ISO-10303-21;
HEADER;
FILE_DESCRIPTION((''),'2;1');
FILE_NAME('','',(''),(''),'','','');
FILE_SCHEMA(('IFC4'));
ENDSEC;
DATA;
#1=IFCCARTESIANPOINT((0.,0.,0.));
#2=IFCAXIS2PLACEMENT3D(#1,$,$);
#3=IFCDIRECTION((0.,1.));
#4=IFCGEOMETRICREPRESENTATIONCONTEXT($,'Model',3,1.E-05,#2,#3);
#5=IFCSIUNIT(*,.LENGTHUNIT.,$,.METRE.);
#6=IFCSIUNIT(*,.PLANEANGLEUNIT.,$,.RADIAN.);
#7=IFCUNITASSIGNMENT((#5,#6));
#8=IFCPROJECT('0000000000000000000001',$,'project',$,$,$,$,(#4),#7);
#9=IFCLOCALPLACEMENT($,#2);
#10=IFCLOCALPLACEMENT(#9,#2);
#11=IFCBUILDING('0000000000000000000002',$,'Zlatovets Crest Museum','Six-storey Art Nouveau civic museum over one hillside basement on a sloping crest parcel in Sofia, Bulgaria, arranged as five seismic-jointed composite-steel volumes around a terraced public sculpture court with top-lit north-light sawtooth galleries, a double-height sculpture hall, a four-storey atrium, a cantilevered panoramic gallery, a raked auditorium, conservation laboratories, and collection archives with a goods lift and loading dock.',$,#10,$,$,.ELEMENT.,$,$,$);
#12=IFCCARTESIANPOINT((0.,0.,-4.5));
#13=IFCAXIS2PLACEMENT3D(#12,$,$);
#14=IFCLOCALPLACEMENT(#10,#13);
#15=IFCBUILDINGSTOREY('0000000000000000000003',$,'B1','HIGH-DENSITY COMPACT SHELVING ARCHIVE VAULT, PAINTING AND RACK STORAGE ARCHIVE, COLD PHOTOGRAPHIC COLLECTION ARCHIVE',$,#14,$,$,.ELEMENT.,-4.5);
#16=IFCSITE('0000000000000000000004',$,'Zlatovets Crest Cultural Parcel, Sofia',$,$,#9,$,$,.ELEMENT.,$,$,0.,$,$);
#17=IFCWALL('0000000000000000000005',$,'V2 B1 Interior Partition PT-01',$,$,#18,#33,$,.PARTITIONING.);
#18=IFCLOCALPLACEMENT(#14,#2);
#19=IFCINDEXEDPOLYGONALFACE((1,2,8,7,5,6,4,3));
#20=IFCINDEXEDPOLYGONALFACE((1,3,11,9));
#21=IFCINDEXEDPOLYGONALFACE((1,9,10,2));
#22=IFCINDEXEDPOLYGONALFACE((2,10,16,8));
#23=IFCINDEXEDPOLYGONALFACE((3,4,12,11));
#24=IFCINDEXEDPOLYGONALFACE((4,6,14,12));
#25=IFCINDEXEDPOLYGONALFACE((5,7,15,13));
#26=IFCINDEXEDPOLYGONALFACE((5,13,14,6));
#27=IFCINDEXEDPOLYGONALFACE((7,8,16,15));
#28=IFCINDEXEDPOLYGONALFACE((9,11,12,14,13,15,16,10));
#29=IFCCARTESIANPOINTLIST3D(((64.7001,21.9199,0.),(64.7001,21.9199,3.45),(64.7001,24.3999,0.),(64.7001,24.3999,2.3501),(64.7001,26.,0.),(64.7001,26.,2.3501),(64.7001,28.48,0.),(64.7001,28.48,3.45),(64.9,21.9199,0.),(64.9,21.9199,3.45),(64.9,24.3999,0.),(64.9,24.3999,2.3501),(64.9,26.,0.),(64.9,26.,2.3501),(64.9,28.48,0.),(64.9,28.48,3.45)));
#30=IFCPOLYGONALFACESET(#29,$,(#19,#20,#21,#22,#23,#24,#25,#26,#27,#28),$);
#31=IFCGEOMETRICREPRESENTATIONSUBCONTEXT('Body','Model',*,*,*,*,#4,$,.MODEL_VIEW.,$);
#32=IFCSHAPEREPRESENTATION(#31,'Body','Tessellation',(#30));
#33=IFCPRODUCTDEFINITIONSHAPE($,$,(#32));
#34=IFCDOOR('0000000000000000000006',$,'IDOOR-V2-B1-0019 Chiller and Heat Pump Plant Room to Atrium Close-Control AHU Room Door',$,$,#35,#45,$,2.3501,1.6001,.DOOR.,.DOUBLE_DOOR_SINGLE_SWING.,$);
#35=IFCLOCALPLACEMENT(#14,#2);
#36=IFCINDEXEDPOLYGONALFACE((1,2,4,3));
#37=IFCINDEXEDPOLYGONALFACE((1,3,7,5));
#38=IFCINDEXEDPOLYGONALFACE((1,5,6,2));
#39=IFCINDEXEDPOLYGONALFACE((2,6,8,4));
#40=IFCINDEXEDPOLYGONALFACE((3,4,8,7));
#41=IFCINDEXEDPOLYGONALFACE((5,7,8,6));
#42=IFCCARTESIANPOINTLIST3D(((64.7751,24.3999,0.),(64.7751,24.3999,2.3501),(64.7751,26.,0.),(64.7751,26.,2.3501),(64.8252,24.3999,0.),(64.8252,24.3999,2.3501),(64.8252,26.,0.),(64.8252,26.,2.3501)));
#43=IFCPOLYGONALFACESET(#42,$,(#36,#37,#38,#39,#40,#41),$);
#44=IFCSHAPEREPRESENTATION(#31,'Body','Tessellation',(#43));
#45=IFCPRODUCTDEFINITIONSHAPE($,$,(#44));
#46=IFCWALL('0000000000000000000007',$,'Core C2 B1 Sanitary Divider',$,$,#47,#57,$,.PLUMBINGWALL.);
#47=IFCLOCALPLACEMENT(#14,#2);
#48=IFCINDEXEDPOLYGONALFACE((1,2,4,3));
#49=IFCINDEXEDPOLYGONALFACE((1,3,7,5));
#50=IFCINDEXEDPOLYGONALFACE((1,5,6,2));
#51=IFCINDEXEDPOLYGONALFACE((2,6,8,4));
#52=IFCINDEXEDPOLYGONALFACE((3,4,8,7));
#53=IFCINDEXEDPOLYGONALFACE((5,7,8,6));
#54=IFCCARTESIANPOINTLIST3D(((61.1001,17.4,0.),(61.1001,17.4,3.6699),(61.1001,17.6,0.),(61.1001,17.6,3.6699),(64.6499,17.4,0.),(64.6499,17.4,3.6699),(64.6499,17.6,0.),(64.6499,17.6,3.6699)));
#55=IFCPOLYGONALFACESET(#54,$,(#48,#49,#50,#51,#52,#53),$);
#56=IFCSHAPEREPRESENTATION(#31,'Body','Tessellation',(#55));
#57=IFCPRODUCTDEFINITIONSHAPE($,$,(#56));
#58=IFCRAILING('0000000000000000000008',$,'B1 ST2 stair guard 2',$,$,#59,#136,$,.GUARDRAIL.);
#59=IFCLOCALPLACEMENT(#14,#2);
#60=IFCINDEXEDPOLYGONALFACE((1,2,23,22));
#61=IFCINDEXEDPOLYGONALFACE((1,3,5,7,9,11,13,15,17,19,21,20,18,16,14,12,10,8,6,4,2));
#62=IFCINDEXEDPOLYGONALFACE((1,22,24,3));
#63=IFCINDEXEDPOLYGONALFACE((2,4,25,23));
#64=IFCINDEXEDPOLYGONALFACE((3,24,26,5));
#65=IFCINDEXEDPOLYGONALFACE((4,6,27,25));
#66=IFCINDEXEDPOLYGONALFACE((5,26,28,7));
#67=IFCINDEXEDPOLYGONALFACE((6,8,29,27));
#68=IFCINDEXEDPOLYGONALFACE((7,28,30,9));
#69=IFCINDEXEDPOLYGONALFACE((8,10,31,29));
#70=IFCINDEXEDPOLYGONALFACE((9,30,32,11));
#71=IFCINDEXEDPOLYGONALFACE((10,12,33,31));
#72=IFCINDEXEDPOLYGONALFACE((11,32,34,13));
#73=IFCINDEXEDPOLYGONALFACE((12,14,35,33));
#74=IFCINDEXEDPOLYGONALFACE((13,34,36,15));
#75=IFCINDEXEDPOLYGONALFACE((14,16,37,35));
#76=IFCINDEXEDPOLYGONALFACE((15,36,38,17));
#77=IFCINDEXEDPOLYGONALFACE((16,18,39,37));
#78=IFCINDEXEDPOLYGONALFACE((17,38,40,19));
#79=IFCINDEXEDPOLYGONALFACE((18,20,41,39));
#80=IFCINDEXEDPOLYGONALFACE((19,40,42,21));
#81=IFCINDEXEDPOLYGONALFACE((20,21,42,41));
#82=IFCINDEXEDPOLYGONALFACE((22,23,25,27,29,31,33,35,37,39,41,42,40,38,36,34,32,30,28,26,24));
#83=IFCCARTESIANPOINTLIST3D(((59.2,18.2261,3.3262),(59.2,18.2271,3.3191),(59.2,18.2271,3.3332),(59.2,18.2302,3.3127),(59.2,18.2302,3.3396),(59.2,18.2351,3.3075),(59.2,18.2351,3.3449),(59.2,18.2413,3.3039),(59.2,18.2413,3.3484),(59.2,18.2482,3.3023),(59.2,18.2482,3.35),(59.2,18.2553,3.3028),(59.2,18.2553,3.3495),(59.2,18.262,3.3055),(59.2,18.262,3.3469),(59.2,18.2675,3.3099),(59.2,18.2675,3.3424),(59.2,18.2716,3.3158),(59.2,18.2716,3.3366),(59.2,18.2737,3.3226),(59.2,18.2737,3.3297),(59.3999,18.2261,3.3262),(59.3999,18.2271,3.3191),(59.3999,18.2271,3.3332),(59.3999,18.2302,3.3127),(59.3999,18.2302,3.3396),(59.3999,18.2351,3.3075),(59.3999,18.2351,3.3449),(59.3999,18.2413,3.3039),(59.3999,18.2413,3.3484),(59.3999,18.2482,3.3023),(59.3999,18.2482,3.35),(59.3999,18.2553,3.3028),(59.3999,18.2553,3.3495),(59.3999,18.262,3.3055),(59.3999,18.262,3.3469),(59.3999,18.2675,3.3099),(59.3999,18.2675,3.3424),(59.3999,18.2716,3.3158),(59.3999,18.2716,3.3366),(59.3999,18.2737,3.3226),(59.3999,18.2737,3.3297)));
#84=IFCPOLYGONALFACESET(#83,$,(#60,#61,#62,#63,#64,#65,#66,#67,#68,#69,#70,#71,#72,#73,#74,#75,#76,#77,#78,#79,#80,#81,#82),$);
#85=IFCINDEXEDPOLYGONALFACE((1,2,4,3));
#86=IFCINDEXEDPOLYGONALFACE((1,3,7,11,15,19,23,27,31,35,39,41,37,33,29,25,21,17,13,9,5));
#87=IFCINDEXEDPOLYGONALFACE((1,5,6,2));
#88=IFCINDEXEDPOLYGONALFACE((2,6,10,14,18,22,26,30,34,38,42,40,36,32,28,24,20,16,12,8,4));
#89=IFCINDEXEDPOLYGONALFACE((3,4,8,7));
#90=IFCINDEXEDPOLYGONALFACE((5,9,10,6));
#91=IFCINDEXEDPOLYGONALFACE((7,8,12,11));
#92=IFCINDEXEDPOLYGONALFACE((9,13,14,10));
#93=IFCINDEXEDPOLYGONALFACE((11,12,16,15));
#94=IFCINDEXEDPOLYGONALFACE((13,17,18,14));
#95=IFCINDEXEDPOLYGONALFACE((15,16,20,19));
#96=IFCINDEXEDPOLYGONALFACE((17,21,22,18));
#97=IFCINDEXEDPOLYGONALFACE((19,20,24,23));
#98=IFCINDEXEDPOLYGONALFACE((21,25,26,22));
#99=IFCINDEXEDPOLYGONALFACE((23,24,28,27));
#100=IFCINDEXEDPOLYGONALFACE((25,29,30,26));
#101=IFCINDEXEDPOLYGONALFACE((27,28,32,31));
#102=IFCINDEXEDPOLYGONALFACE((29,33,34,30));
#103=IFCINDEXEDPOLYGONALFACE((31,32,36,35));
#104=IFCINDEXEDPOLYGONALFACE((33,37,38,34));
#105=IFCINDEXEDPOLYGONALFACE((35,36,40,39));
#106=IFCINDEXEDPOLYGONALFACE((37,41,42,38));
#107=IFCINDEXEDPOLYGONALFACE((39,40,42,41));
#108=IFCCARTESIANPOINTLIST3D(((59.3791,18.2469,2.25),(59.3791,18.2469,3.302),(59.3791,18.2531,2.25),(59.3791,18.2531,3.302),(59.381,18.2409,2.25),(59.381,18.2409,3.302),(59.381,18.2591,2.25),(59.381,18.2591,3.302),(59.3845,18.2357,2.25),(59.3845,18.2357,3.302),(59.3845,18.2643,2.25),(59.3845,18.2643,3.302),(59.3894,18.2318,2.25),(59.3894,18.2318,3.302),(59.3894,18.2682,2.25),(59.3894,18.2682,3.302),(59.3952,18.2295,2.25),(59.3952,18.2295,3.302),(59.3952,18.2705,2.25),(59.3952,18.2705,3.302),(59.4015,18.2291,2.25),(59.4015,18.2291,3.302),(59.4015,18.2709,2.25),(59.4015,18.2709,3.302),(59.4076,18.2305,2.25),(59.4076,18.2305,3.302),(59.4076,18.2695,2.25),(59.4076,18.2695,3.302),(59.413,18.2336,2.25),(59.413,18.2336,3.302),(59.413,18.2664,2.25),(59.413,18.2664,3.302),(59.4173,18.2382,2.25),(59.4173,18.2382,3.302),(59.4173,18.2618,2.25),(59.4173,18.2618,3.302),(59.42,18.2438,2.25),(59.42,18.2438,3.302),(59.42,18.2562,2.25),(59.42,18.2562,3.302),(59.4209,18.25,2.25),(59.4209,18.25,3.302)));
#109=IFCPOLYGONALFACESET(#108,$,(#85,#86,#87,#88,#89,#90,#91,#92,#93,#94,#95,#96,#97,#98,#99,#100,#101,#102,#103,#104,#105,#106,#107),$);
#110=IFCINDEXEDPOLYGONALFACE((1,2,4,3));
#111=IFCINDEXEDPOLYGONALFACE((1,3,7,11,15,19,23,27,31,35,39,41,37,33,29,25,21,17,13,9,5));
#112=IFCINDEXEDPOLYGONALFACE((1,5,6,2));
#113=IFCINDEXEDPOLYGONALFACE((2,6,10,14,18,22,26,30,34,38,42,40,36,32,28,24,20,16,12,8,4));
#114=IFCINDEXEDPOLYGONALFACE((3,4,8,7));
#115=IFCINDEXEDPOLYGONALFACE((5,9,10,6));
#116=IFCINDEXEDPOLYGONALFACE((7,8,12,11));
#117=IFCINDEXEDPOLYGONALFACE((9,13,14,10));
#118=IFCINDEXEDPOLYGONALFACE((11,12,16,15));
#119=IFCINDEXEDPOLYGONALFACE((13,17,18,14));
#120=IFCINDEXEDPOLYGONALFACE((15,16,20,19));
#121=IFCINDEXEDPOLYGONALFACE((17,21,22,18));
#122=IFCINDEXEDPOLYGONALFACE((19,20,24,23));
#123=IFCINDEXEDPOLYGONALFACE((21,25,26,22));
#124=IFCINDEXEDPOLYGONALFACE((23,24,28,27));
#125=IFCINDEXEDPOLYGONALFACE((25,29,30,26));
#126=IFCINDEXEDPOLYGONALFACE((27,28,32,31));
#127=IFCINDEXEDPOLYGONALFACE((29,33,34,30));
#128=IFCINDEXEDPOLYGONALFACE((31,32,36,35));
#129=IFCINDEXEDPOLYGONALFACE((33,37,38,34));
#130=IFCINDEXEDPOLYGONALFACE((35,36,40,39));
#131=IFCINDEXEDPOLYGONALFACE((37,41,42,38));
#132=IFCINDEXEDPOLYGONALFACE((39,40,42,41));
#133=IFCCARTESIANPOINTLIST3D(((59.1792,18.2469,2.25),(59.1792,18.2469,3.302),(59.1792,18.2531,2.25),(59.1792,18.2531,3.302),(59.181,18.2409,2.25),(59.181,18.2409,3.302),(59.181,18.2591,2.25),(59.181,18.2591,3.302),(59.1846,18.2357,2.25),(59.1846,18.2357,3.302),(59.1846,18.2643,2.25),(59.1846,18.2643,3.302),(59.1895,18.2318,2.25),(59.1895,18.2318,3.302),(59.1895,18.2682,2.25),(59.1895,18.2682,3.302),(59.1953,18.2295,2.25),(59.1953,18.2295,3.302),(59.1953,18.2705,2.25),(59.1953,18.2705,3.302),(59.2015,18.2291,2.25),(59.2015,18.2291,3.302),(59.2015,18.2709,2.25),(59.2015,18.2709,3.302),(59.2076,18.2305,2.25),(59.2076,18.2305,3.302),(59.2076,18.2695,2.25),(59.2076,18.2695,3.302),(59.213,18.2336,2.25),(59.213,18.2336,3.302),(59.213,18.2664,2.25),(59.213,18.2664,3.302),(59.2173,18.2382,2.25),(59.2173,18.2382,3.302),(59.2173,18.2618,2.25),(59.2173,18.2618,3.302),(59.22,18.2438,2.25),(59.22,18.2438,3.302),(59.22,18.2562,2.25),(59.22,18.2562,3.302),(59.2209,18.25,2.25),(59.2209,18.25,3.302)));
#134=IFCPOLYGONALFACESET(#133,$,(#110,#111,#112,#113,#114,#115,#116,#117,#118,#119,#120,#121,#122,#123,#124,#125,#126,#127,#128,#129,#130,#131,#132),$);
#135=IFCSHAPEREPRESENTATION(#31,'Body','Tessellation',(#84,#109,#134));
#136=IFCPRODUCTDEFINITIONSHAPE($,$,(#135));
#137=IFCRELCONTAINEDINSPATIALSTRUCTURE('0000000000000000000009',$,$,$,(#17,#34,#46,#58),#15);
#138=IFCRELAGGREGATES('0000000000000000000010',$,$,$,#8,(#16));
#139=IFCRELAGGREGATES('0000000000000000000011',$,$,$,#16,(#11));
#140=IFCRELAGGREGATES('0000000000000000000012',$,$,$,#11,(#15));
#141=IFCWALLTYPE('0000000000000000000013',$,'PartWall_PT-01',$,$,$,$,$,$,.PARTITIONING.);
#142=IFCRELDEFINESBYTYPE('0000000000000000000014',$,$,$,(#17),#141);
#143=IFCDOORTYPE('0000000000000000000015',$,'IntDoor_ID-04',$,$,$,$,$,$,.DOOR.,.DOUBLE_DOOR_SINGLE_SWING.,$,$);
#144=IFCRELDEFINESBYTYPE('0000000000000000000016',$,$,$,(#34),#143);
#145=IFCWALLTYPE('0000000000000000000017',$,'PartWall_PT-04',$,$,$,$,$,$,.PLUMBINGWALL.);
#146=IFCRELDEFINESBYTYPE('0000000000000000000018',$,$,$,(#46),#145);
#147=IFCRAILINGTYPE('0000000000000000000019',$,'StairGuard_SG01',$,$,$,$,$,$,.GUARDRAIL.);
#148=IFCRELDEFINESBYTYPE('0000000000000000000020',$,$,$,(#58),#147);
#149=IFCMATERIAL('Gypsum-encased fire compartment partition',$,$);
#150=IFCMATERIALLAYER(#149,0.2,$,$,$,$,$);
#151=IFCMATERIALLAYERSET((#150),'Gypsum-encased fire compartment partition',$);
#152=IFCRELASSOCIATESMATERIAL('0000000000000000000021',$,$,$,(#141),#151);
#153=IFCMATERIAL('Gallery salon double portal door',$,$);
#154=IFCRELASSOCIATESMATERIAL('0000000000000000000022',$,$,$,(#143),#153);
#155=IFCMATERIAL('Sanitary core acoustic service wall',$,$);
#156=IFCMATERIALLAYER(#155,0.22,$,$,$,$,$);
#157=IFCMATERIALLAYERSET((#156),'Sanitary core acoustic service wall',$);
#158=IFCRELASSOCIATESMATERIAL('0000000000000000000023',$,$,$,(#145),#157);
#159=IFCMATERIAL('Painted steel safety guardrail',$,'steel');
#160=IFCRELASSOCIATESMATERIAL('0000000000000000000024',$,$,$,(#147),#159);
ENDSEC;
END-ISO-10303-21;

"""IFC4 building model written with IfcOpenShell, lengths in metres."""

from ifc_helpers import new_model, si_unit, direction, frame, frame_2d, origin, origin_2d, place, context, subcontext, project, spatial, rectangle, circle, extrude, material, layer, layer_set, type_object, element, fill, save


model = new_model("IFC4")

# Units and contexts
model_context = context("Model", 3, precision=1e-05, world=origin(), true_north=direction((0.0, 1.0)))
body_context = subcontext(model_context, "Body", "Model", "MODEL_VIEW")
ifc_project = project(units=[si_unit("LENGTHUNIT", "METRE"), si_unit("PLANEANGLEUNIT", "RADIAN")], contexts=[model_context])

# Site, building, storey
site_placement = place(None, origin())
site = spatial("IfcSite", under=ifc_project, at=site_placement, Name="Zlatovets Crest Cultural Parcel, Sofia", CompositionType="ELEMENT", RefElevation=0.0)
building_placement = place(site_placement, origin())
building = spatial("IfcBuilding", under=site, at=building_placement, Name="Zlatovets Crest Museum", Description="Six-storey Art Nouveau civic museum over one hillside basement on a sloping crest parcel in Sofia, Bulgaria, arranged as five seismic-jointed composite-steel volumes around a terraced public sculpture court with top-lit north-light sawtooth galleries, a double-height sculpture hall, a four-storey atrium, a cantilevered panoramic gallery, a raked auditorium, conservation laboratories, and collection archives with a goods lift and loading dock.", CompositionType="ELEMENT")
storey_placement = place(building_placement, frame((0.0, 0.0, -4.5)))
storey = spatial("IfcBuildingStorey", under=building, at=storey_placement, Name="B1", Description="HIGH-DENSITY COMPACT SHELVING ARCHIVE VAULT, PAINTING AND RACK STORAGE ARCHIVE, COLD PHOTOGRAPHIC COLLECTION ARCHIVE", CompositionType="ELEMENT", Elevation=-4.5)

# Wall, opening, door
ifc_material_1 = material(Name="Gypsum-encased fire compartment partition")
ifc_layer_1 = layer(ifc_material_1, 0.2)
ifc_layer_set_1 = layer_set([ifc_layer_1], Name="Gypsum-encased fire compartment partition")
wall_type_1 = type_object("IfcWallType", Name="PartWall_PT-01", PredefinedType="PARTITIONING", material=ifc_layer_set_1)
ifc_material_2 = material(Name="Gallery salon double portal door")
door_type = type_object("IfcDoorType", Name="IntDoor_ID-04", OperationType="DOUBLE_DOOR_SINGLE_SWING", PredefinedType="DOOR", material=ifc_material_2)
wall_1_placement = place(storey_placement, frame((64.8, 21.9199, 0.0), z_axis=(0.0, 0.0, 1.0), x_axis=(0.0, 1.0, 0.0)))
wall_1 = element("IfcWall", 1, at=wall_1_placement, inside=storey, type_object=wall_type_1, Name="V2 B1 Interior Partition PT-01", PredefinedType="PARTITIONING", context=body_context, shape_type="SweptSolid", body=[
    extrude(rectangle(XDim=6.5601, YDim=0.2, at=frame_2d((3.28, 0.0))), origin(), (0.0, 0.0, 1.0), 3.45),
])
opening_1_placement = place(wall_1_placement, frame((2.48, 0.0, 0.0)))
opening_1 = element("IfcOpeningElement", 2, at=opening_1_placement, cuts=wall_1, PredefinedType="OPENING", context=body_context, shape_type="SweptSolid", body=[
    extrude(rectangle(XDim=1.6001, YDim=2.3501, at=frame_2d((0.8, 1.175))), frame((0.0, 0.1099, 0.0), z_axis=(0.0, -1.0, 0.0), x_axis=(1.0, 0.0, 0.0)), (0.0, 0.0, 1.0), 0.22),
])
door_1_placement = place(opening_1_placement, origin())
door_1 = element("IfcDoor", 3, at=door_1_placement, inside=storey, type_object=door_type, Name="IDOOR-V2-B1-0019 Chiller and Heat Pump Plant Room to Atrium Close-Control AHU Room Door", OperationType="DOUBLE_DOOR_SINGLE_SWING", OverallHeight=2.3501, OverallWidth=1.6001, PredefinedType="DOOR", context=body_context, shape_type="SweptSolid", body=[
    extrude(rectangle(XDim=1.6001, YDim=2.3501, at=frame_2d((0.8, 1.175))), frame((0.0, 0.0249, 0.0), z_axis=(0.0, -1.0, 0.0), x_axis=(1.0, 0.0, 0.0)), (0.0, 0.0, 1.0), 0.05),
])
fill(opening_1, door_1)

# Wall
ifc_material_3 = material(Name="Sanitary core acoustic service wall")
ifc_layer_2 = layer(ifc_material_3, 0.22)
ifc_layer_set_2 = layer_set([ifc_layer_2], Name="Sanitary core acoustic service wall")
wall_type_2 = type_object("IfcWallType", Name="PartWall_PT-04", PredefinedType="PLUMBINGWALL", material=ifc_layer_set_2)
wall_2_placement = place(storey_placement, frame((61.1001, 17.5, 0.0), z_axis=(0.0, 0.0, 1.0), x_axis=(1.0, 0.0, 0.0)))
element("IfcWall", 4, at=wall_2_placement, inside=storey, type_object=wall_type_2, Name="Core C2 B1 Sanitary Divider", PredefinedType="PLUMBINGWALL", context=body_context, shape_type="SweptSolid", body=[
    extrude(rectangle(XDim=3.5498, YDim=0.2, at=frame_2d((1.7749, 0.0))), origin(), (0.0, 0.0, 1.0), 3.6699),
])

# Railing
ifc_material_4 = material(Name="Painted steel safety guardrail", Category="steel")
railing_type = type_object("IfcRailingType", Name="StairGuard_SG01", PredefinedType="GUARDRAIL", material=ifc_material_4)
railing_1_placement = place(storey_placement, frame((59.3999, 18.25, 2.25)))
element("IfcRailing", 5, at=railing_1_placement, inside=storey, type_object=railing_type, Name="B1 ST2 stair guard 2", PredefinedType="GUARDRAIL", context=body_context, shape_type="SweptSolid", body=[
    extrude(circle(Radius=0.0239, at=origin_2d()), frame((0.0, 0.0, 1.0762), z_axis=(-1.0, 0.0, 0.0), x_axis=(0.0, -1.0, 0.0)), (0.0, 0.0, 1.0), 0.2),
    extrude(circle(Radius=0.021, at=origin_2d()), origin(), (0.0, 0.0, 1.0), 1.052),
    extrude(circle(Radius=0.021, at=origin_2d()), frame((-0.2, 0.0, 0.0)), (0.0, 0.0, 1.0), 1.052),
])

save(model, "model.ifc")
